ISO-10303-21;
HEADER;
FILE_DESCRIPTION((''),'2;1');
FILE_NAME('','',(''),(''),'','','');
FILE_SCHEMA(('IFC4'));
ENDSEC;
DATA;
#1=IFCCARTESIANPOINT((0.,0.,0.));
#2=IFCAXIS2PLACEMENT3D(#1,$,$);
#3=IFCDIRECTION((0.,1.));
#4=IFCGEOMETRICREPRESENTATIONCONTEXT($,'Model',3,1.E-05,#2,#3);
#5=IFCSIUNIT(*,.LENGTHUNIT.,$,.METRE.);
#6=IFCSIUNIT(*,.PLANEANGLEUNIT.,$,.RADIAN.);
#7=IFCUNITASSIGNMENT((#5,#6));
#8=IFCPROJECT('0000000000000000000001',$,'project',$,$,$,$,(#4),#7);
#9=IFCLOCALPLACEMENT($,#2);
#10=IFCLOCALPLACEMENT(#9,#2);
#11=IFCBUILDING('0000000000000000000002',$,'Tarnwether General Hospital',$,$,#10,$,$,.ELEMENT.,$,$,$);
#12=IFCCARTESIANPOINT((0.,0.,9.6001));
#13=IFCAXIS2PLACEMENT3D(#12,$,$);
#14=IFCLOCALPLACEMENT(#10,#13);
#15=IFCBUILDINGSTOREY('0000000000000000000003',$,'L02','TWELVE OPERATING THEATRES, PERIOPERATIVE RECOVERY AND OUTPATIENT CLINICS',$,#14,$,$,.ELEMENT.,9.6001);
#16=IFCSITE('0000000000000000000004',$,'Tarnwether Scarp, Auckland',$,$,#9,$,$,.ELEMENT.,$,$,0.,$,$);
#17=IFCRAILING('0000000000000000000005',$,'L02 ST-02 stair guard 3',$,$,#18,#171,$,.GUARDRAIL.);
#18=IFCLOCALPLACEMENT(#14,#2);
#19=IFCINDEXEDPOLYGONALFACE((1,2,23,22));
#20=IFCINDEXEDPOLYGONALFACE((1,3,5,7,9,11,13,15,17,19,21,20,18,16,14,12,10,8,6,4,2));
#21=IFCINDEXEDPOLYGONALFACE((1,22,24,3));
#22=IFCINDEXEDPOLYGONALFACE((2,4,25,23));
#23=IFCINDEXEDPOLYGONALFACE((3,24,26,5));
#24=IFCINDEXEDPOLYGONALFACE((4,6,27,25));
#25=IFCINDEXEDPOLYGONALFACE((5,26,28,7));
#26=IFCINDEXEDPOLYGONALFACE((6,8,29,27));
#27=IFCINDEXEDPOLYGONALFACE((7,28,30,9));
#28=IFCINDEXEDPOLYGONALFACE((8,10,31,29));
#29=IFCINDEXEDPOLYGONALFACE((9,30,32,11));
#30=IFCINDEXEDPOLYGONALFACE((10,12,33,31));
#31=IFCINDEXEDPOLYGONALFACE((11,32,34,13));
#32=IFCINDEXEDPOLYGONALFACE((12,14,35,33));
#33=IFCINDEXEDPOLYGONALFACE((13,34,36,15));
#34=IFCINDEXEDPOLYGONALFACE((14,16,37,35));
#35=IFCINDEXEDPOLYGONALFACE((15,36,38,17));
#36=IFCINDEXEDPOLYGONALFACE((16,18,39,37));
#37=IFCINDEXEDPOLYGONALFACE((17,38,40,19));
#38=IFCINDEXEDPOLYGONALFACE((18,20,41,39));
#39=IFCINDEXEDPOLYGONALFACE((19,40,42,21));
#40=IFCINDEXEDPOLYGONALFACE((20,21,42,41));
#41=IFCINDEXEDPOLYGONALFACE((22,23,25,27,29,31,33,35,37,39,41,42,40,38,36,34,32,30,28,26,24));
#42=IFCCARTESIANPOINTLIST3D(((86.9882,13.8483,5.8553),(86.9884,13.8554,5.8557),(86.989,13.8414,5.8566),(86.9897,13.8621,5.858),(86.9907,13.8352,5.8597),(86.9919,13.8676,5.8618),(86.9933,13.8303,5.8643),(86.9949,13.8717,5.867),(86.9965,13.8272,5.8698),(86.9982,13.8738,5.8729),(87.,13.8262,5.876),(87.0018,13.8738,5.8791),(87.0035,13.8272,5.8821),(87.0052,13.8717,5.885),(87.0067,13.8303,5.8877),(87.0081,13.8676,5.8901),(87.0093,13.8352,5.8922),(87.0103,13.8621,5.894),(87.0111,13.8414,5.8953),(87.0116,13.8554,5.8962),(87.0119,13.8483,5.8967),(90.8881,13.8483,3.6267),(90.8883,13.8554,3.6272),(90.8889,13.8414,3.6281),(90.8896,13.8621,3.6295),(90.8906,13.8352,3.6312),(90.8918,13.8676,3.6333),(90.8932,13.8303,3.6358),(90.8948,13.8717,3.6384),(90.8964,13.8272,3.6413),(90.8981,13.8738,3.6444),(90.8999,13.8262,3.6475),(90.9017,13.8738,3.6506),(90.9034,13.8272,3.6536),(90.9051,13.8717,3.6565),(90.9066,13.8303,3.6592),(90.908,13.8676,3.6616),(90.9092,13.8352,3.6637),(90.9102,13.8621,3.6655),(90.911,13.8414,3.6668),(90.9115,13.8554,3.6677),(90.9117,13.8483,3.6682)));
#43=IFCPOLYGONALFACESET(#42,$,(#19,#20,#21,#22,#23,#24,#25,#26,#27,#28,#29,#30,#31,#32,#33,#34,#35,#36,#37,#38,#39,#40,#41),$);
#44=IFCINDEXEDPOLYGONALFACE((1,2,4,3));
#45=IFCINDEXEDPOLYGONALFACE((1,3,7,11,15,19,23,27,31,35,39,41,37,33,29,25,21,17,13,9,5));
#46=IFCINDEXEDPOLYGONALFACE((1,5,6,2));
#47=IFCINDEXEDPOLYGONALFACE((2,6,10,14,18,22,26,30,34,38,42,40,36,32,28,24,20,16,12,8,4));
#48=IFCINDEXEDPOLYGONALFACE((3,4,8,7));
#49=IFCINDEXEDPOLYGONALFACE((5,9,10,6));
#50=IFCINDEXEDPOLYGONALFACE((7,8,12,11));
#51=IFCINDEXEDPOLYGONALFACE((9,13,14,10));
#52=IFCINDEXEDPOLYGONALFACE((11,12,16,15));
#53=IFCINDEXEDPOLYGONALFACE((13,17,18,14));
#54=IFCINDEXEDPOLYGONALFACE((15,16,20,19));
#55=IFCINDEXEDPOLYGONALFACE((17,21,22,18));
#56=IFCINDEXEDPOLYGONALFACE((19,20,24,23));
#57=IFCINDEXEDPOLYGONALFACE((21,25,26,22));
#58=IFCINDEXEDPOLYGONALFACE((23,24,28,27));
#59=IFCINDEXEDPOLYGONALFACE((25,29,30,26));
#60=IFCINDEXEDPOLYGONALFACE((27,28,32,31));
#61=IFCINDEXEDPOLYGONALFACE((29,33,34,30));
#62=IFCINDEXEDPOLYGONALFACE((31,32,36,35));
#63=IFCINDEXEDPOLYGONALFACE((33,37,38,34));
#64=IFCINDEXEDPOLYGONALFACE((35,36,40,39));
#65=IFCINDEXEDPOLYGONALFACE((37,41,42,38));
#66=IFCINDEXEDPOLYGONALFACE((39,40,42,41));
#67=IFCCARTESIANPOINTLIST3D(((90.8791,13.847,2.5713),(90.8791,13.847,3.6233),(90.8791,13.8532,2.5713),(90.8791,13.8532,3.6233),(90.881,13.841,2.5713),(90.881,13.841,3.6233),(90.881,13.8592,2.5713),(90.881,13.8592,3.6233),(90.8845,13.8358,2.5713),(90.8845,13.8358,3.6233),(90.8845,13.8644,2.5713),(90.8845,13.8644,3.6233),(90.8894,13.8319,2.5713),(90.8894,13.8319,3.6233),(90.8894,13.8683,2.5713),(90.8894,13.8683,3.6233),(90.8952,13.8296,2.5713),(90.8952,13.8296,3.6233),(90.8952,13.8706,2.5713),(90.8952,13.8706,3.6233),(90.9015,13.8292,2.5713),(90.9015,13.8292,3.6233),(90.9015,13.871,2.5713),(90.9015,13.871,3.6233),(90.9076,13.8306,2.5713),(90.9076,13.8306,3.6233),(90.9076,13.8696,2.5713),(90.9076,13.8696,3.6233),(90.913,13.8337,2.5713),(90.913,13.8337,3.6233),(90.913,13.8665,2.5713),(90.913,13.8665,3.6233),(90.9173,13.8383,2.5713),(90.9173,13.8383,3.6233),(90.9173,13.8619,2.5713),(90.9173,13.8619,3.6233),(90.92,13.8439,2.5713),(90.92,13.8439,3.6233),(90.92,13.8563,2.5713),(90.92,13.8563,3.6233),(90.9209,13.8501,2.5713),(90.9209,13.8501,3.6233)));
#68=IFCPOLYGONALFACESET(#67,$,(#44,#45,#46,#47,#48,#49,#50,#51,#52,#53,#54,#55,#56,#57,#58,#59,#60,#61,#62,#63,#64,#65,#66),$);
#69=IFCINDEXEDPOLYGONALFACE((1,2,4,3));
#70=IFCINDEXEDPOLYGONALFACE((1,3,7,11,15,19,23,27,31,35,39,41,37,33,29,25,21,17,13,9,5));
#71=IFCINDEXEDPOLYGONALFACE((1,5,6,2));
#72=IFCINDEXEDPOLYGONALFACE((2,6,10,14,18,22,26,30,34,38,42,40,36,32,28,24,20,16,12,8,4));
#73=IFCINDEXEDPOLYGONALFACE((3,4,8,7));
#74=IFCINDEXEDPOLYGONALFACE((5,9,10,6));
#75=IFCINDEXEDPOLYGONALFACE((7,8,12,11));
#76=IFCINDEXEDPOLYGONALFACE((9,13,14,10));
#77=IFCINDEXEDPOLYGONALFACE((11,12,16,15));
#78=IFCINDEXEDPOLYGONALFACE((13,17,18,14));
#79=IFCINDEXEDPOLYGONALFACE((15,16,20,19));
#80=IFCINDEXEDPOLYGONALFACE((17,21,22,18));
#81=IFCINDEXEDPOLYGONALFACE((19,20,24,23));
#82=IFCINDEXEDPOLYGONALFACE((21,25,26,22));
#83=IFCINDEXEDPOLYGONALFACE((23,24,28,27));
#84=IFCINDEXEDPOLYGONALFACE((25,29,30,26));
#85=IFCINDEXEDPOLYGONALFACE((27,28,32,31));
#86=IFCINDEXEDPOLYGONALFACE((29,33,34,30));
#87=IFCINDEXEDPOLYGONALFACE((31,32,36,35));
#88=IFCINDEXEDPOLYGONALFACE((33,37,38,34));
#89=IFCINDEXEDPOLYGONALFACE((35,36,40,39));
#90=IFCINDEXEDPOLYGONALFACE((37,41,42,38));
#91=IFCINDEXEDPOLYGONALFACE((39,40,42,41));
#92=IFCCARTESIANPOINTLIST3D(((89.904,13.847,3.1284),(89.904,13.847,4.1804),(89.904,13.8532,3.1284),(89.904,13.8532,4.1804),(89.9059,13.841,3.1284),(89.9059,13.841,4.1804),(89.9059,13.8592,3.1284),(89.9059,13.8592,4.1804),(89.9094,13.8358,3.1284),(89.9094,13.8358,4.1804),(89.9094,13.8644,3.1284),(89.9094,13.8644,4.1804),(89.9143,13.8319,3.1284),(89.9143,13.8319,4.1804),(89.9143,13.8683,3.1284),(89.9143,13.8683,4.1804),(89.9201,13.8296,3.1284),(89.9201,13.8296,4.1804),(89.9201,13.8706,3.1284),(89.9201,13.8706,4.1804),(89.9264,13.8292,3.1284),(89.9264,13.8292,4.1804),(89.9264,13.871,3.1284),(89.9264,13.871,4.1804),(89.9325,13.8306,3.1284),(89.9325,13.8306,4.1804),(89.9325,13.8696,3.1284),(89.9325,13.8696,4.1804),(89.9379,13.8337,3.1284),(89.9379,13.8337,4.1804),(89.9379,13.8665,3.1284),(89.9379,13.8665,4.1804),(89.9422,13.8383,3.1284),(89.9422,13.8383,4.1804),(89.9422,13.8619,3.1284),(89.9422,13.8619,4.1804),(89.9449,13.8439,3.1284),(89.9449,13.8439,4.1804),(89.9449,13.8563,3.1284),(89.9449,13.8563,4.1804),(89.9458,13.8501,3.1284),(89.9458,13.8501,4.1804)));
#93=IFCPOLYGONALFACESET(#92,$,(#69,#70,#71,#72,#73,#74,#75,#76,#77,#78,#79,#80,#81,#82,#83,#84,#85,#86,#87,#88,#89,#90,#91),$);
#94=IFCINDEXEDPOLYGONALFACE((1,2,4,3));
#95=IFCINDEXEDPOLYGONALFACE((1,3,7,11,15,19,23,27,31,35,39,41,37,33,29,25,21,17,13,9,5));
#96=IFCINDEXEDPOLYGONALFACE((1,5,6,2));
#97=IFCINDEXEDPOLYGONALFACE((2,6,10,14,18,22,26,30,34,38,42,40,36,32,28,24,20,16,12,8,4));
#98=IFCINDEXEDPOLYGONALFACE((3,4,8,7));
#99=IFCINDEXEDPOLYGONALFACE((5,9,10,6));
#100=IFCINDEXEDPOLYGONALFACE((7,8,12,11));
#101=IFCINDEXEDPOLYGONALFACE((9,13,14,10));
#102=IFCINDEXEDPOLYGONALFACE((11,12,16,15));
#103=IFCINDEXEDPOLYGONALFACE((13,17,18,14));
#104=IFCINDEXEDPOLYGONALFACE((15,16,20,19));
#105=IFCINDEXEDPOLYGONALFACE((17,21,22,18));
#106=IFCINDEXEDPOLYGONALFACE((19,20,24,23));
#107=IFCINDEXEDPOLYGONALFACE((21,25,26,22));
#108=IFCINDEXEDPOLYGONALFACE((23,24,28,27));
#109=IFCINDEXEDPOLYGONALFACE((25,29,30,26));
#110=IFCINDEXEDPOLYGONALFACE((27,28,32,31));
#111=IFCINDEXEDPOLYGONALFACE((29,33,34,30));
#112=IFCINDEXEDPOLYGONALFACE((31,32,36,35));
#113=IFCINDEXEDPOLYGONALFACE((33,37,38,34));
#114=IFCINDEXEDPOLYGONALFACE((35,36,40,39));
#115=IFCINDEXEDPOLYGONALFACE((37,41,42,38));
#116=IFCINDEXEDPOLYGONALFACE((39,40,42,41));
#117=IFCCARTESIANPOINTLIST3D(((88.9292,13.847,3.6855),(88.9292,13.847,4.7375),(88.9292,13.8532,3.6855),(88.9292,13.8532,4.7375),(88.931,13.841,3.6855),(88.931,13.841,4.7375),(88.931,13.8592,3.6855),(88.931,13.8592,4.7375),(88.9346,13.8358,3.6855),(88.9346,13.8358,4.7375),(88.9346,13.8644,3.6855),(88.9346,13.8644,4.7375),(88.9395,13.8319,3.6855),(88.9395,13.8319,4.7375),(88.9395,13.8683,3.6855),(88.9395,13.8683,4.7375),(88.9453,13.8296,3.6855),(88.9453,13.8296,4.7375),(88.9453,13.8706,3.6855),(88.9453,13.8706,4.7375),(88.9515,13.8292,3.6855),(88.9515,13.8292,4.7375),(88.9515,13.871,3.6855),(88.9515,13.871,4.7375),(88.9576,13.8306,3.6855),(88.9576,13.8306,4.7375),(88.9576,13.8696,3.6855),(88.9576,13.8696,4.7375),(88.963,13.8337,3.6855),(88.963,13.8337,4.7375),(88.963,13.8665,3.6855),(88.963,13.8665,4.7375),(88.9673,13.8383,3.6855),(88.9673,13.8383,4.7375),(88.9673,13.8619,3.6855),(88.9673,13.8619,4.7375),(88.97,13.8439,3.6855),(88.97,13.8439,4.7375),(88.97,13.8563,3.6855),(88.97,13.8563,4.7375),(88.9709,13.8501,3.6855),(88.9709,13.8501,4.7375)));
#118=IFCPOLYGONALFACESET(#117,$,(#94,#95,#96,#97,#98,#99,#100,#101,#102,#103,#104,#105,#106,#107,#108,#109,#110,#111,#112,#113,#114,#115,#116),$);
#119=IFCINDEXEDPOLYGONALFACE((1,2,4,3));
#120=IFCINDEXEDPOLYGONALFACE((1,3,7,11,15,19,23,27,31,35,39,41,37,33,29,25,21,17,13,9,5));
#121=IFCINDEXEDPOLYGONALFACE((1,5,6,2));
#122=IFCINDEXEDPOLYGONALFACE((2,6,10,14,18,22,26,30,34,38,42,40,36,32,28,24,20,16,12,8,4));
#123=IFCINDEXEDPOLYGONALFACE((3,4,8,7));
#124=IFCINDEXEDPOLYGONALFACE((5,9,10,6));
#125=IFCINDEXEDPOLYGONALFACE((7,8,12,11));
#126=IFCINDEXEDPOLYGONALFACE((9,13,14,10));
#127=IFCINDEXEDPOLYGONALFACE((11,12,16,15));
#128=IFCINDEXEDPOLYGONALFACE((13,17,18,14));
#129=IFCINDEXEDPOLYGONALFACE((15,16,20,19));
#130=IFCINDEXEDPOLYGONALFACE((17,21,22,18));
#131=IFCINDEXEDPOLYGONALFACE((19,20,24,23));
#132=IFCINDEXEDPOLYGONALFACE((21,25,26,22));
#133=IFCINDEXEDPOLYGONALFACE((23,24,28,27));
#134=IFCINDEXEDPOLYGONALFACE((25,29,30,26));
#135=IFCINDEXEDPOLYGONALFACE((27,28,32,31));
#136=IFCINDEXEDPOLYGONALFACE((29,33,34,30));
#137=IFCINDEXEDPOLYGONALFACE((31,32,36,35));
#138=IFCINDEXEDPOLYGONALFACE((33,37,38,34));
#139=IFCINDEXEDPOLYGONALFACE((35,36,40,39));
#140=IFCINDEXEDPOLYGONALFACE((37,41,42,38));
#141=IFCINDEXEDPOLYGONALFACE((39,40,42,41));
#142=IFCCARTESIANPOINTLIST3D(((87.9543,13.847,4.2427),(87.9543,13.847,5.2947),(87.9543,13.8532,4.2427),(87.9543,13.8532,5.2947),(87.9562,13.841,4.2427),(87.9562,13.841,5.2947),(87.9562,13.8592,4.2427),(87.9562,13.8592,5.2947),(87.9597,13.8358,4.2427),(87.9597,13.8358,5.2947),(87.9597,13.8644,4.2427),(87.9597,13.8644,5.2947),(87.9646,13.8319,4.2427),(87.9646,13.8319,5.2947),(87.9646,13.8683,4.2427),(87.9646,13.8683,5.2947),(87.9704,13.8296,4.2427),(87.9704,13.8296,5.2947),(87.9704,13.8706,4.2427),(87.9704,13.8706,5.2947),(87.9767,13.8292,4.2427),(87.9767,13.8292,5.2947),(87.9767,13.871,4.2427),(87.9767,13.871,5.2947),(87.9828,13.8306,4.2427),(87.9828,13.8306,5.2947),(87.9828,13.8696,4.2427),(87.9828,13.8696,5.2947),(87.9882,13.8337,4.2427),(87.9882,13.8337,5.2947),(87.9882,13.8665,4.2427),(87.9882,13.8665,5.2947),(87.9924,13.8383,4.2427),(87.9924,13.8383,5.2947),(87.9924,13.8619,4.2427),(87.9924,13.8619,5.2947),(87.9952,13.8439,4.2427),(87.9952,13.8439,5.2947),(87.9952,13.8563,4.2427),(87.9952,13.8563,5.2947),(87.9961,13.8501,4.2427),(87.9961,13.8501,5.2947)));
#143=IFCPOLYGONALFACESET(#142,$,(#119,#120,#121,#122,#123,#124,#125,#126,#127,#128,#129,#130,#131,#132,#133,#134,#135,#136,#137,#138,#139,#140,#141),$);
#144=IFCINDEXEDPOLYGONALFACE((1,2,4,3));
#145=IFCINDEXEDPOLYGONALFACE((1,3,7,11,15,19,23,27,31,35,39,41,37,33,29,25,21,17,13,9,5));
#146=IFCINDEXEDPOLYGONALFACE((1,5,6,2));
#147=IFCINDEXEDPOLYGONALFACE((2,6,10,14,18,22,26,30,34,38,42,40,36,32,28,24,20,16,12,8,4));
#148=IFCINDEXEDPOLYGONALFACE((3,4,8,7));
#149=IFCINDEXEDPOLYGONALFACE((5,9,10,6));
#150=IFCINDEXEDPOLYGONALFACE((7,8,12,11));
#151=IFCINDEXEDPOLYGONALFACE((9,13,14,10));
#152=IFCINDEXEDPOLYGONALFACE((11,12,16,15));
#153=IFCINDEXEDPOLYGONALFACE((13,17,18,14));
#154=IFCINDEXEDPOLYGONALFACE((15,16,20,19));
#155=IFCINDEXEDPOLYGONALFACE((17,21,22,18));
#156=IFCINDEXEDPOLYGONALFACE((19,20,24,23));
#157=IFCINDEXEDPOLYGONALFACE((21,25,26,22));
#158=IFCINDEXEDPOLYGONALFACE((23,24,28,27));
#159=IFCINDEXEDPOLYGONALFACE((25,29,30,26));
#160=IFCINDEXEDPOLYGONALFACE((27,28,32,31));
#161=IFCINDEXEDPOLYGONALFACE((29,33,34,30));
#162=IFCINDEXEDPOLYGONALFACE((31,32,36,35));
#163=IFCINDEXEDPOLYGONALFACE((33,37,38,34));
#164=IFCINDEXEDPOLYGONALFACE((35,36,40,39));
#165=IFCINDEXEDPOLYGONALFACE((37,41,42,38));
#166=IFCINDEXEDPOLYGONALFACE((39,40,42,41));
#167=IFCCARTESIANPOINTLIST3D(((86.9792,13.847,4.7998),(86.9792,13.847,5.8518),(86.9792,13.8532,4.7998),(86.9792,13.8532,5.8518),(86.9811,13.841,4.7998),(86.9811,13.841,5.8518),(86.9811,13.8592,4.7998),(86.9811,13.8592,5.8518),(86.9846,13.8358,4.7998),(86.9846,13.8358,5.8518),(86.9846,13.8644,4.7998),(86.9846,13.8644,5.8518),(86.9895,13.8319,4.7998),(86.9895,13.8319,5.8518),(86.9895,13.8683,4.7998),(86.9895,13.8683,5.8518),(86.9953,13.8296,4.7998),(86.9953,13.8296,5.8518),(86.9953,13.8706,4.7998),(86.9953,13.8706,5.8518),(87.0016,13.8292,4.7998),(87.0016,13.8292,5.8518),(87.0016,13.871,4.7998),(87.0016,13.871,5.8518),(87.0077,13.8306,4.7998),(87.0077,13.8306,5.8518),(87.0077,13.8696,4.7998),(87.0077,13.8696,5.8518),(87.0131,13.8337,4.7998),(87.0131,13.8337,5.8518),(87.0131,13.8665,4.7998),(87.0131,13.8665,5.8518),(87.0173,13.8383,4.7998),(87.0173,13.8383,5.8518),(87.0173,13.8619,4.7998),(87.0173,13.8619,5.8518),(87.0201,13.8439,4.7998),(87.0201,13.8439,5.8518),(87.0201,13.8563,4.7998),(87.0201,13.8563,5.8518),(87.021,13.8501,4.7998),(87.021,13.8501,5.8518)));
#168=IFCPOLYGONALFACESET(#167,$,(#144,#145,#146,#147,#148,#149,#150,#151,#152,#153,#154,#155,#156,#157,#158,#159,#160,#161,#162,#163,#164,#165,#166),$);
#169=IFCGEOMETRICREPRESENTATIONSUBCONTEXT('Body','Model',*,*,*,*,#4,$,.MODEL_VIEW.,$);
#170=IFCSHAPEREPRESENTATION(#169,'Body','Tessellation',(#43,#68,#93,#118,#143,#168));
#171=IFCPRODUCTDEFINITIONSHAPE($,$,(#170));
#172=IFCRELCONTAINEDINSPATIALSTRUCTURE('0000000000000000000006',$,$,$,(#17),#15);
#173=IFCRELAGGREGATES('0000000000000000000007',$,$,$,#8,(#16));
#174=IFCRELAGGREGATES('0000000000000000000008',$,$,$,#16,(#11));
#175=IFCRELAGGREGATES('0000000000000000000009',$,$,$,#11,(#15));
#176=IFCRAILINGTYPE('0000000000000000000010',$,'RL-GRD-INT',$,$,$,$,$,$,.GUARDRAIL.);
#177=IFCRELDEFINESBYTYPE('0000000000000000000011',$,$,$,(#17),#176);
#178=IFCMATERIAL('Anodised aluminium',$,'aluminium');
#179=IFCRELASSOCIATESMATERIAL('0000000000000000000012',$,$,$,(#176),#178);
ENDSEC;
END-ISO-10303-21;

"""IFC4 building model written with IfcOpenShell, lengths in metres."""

from ifc_helpers import new_model, si_unit, direction, frame, origin, origin_2d, place, context, subcontext, project, spatial, circle, extrude, material, type_object, element, save


model = new_model("IFC4")

# Units and contexts
model_context = context("Model", 3, precision=1e-05, world=origin(), true_north=direction((0.0, 1.0)))
body_context = subcontext(model_context, "Body", "Model", "MODEL_VIEW")
ifc_project = project(units=[si_unit("LENGTHUNIT", "METRE"), si_unit("PLANEANGLEUNIT", "RADIAN")], contexts=[model_context])

# Site, building, storey
site_placement = place(None, origin())
site = spatial("IfcSite", under=ifc_project, at=site_placement, Name="Tarnwether Scarp, Auckland", CompositionType="ELEMENT", RefElevation=0.0)
building_placement = place(site_placement, origin())
building = spatial("IfcBuilding", under=site, at=building_placement, Name="Tarnwether General Hospital", CompositionType="ELEMENT")
storey_placement = place(building_placement, frame((0.0, 0.0, 9.6001)))
storey = spatial("IfcBuildingStorey", under=building, at=storey_placement, Name="L02", Description="TWELVE OPERATING THEATRES, PERIOPERATIVE RECOVERY AND OUTPATIENT CLINICS", CompositionType="ELEMENT", Elevation=9.6001)

# Railing
ifc_material_1 = material(Name="Anodised aluminium", Category="aluminium")
railing_type_1 = type_object("IfcRailingType", Name="RL-GRD-INT", PredefinedType="GUARDRAIL", material=ifc_material_1)
railing_1_placement = place(storey_placement, frame((90.8999, 13.8501, 2.5713)))
element("IfcRailing", 1, at=railing_1_placement, inside=storey, type_object=railing_type_1, Name="L02 ST-02 stair guard 3", PredefinedType="GUARDRAIL", context=body_context, shape_type="SweptSolid", body=[
    extrude(circle(Radius=0.0239, at=origin_2d()), frame((0.0, 0.0, 1.0762), z_axis=(-0.868243, 0.0, 0.496139), x_axis=(0.0, -1.0, 0.0)), (0.0, 0.0, 1.0), 4.4917),
    extrude(circle(Radius=0.021, at=origin_2d()), origin(), (0.0, 0.0, 1.0), 1.052),
    extrude(circle(Radius=0.021, at=origin_2d()), frame((-0.9751, 0.0, 0.5571)), (0.0, 0.0, 1.0), 1.052),
    extrude(circle(Radius=0.021, at=origin_2d()), frame((-1.95, 0.0, 1.1143)), (0.0, 0.0, 1.0), 1.052),
    extrude(circle(Radius=0.021, at=origin_2d()), frame((-2.9248, 0.0, 1.6714)), (0.0, 0.0, 1.0), 1.052),
    extrude(circle(Radius=0.021, at=origin_2d()), frame((-3.8999, 0.0, 2.2285)), (0.0, 0.0, 1.0), 1.052),
])

save(model, "model.ifc")
